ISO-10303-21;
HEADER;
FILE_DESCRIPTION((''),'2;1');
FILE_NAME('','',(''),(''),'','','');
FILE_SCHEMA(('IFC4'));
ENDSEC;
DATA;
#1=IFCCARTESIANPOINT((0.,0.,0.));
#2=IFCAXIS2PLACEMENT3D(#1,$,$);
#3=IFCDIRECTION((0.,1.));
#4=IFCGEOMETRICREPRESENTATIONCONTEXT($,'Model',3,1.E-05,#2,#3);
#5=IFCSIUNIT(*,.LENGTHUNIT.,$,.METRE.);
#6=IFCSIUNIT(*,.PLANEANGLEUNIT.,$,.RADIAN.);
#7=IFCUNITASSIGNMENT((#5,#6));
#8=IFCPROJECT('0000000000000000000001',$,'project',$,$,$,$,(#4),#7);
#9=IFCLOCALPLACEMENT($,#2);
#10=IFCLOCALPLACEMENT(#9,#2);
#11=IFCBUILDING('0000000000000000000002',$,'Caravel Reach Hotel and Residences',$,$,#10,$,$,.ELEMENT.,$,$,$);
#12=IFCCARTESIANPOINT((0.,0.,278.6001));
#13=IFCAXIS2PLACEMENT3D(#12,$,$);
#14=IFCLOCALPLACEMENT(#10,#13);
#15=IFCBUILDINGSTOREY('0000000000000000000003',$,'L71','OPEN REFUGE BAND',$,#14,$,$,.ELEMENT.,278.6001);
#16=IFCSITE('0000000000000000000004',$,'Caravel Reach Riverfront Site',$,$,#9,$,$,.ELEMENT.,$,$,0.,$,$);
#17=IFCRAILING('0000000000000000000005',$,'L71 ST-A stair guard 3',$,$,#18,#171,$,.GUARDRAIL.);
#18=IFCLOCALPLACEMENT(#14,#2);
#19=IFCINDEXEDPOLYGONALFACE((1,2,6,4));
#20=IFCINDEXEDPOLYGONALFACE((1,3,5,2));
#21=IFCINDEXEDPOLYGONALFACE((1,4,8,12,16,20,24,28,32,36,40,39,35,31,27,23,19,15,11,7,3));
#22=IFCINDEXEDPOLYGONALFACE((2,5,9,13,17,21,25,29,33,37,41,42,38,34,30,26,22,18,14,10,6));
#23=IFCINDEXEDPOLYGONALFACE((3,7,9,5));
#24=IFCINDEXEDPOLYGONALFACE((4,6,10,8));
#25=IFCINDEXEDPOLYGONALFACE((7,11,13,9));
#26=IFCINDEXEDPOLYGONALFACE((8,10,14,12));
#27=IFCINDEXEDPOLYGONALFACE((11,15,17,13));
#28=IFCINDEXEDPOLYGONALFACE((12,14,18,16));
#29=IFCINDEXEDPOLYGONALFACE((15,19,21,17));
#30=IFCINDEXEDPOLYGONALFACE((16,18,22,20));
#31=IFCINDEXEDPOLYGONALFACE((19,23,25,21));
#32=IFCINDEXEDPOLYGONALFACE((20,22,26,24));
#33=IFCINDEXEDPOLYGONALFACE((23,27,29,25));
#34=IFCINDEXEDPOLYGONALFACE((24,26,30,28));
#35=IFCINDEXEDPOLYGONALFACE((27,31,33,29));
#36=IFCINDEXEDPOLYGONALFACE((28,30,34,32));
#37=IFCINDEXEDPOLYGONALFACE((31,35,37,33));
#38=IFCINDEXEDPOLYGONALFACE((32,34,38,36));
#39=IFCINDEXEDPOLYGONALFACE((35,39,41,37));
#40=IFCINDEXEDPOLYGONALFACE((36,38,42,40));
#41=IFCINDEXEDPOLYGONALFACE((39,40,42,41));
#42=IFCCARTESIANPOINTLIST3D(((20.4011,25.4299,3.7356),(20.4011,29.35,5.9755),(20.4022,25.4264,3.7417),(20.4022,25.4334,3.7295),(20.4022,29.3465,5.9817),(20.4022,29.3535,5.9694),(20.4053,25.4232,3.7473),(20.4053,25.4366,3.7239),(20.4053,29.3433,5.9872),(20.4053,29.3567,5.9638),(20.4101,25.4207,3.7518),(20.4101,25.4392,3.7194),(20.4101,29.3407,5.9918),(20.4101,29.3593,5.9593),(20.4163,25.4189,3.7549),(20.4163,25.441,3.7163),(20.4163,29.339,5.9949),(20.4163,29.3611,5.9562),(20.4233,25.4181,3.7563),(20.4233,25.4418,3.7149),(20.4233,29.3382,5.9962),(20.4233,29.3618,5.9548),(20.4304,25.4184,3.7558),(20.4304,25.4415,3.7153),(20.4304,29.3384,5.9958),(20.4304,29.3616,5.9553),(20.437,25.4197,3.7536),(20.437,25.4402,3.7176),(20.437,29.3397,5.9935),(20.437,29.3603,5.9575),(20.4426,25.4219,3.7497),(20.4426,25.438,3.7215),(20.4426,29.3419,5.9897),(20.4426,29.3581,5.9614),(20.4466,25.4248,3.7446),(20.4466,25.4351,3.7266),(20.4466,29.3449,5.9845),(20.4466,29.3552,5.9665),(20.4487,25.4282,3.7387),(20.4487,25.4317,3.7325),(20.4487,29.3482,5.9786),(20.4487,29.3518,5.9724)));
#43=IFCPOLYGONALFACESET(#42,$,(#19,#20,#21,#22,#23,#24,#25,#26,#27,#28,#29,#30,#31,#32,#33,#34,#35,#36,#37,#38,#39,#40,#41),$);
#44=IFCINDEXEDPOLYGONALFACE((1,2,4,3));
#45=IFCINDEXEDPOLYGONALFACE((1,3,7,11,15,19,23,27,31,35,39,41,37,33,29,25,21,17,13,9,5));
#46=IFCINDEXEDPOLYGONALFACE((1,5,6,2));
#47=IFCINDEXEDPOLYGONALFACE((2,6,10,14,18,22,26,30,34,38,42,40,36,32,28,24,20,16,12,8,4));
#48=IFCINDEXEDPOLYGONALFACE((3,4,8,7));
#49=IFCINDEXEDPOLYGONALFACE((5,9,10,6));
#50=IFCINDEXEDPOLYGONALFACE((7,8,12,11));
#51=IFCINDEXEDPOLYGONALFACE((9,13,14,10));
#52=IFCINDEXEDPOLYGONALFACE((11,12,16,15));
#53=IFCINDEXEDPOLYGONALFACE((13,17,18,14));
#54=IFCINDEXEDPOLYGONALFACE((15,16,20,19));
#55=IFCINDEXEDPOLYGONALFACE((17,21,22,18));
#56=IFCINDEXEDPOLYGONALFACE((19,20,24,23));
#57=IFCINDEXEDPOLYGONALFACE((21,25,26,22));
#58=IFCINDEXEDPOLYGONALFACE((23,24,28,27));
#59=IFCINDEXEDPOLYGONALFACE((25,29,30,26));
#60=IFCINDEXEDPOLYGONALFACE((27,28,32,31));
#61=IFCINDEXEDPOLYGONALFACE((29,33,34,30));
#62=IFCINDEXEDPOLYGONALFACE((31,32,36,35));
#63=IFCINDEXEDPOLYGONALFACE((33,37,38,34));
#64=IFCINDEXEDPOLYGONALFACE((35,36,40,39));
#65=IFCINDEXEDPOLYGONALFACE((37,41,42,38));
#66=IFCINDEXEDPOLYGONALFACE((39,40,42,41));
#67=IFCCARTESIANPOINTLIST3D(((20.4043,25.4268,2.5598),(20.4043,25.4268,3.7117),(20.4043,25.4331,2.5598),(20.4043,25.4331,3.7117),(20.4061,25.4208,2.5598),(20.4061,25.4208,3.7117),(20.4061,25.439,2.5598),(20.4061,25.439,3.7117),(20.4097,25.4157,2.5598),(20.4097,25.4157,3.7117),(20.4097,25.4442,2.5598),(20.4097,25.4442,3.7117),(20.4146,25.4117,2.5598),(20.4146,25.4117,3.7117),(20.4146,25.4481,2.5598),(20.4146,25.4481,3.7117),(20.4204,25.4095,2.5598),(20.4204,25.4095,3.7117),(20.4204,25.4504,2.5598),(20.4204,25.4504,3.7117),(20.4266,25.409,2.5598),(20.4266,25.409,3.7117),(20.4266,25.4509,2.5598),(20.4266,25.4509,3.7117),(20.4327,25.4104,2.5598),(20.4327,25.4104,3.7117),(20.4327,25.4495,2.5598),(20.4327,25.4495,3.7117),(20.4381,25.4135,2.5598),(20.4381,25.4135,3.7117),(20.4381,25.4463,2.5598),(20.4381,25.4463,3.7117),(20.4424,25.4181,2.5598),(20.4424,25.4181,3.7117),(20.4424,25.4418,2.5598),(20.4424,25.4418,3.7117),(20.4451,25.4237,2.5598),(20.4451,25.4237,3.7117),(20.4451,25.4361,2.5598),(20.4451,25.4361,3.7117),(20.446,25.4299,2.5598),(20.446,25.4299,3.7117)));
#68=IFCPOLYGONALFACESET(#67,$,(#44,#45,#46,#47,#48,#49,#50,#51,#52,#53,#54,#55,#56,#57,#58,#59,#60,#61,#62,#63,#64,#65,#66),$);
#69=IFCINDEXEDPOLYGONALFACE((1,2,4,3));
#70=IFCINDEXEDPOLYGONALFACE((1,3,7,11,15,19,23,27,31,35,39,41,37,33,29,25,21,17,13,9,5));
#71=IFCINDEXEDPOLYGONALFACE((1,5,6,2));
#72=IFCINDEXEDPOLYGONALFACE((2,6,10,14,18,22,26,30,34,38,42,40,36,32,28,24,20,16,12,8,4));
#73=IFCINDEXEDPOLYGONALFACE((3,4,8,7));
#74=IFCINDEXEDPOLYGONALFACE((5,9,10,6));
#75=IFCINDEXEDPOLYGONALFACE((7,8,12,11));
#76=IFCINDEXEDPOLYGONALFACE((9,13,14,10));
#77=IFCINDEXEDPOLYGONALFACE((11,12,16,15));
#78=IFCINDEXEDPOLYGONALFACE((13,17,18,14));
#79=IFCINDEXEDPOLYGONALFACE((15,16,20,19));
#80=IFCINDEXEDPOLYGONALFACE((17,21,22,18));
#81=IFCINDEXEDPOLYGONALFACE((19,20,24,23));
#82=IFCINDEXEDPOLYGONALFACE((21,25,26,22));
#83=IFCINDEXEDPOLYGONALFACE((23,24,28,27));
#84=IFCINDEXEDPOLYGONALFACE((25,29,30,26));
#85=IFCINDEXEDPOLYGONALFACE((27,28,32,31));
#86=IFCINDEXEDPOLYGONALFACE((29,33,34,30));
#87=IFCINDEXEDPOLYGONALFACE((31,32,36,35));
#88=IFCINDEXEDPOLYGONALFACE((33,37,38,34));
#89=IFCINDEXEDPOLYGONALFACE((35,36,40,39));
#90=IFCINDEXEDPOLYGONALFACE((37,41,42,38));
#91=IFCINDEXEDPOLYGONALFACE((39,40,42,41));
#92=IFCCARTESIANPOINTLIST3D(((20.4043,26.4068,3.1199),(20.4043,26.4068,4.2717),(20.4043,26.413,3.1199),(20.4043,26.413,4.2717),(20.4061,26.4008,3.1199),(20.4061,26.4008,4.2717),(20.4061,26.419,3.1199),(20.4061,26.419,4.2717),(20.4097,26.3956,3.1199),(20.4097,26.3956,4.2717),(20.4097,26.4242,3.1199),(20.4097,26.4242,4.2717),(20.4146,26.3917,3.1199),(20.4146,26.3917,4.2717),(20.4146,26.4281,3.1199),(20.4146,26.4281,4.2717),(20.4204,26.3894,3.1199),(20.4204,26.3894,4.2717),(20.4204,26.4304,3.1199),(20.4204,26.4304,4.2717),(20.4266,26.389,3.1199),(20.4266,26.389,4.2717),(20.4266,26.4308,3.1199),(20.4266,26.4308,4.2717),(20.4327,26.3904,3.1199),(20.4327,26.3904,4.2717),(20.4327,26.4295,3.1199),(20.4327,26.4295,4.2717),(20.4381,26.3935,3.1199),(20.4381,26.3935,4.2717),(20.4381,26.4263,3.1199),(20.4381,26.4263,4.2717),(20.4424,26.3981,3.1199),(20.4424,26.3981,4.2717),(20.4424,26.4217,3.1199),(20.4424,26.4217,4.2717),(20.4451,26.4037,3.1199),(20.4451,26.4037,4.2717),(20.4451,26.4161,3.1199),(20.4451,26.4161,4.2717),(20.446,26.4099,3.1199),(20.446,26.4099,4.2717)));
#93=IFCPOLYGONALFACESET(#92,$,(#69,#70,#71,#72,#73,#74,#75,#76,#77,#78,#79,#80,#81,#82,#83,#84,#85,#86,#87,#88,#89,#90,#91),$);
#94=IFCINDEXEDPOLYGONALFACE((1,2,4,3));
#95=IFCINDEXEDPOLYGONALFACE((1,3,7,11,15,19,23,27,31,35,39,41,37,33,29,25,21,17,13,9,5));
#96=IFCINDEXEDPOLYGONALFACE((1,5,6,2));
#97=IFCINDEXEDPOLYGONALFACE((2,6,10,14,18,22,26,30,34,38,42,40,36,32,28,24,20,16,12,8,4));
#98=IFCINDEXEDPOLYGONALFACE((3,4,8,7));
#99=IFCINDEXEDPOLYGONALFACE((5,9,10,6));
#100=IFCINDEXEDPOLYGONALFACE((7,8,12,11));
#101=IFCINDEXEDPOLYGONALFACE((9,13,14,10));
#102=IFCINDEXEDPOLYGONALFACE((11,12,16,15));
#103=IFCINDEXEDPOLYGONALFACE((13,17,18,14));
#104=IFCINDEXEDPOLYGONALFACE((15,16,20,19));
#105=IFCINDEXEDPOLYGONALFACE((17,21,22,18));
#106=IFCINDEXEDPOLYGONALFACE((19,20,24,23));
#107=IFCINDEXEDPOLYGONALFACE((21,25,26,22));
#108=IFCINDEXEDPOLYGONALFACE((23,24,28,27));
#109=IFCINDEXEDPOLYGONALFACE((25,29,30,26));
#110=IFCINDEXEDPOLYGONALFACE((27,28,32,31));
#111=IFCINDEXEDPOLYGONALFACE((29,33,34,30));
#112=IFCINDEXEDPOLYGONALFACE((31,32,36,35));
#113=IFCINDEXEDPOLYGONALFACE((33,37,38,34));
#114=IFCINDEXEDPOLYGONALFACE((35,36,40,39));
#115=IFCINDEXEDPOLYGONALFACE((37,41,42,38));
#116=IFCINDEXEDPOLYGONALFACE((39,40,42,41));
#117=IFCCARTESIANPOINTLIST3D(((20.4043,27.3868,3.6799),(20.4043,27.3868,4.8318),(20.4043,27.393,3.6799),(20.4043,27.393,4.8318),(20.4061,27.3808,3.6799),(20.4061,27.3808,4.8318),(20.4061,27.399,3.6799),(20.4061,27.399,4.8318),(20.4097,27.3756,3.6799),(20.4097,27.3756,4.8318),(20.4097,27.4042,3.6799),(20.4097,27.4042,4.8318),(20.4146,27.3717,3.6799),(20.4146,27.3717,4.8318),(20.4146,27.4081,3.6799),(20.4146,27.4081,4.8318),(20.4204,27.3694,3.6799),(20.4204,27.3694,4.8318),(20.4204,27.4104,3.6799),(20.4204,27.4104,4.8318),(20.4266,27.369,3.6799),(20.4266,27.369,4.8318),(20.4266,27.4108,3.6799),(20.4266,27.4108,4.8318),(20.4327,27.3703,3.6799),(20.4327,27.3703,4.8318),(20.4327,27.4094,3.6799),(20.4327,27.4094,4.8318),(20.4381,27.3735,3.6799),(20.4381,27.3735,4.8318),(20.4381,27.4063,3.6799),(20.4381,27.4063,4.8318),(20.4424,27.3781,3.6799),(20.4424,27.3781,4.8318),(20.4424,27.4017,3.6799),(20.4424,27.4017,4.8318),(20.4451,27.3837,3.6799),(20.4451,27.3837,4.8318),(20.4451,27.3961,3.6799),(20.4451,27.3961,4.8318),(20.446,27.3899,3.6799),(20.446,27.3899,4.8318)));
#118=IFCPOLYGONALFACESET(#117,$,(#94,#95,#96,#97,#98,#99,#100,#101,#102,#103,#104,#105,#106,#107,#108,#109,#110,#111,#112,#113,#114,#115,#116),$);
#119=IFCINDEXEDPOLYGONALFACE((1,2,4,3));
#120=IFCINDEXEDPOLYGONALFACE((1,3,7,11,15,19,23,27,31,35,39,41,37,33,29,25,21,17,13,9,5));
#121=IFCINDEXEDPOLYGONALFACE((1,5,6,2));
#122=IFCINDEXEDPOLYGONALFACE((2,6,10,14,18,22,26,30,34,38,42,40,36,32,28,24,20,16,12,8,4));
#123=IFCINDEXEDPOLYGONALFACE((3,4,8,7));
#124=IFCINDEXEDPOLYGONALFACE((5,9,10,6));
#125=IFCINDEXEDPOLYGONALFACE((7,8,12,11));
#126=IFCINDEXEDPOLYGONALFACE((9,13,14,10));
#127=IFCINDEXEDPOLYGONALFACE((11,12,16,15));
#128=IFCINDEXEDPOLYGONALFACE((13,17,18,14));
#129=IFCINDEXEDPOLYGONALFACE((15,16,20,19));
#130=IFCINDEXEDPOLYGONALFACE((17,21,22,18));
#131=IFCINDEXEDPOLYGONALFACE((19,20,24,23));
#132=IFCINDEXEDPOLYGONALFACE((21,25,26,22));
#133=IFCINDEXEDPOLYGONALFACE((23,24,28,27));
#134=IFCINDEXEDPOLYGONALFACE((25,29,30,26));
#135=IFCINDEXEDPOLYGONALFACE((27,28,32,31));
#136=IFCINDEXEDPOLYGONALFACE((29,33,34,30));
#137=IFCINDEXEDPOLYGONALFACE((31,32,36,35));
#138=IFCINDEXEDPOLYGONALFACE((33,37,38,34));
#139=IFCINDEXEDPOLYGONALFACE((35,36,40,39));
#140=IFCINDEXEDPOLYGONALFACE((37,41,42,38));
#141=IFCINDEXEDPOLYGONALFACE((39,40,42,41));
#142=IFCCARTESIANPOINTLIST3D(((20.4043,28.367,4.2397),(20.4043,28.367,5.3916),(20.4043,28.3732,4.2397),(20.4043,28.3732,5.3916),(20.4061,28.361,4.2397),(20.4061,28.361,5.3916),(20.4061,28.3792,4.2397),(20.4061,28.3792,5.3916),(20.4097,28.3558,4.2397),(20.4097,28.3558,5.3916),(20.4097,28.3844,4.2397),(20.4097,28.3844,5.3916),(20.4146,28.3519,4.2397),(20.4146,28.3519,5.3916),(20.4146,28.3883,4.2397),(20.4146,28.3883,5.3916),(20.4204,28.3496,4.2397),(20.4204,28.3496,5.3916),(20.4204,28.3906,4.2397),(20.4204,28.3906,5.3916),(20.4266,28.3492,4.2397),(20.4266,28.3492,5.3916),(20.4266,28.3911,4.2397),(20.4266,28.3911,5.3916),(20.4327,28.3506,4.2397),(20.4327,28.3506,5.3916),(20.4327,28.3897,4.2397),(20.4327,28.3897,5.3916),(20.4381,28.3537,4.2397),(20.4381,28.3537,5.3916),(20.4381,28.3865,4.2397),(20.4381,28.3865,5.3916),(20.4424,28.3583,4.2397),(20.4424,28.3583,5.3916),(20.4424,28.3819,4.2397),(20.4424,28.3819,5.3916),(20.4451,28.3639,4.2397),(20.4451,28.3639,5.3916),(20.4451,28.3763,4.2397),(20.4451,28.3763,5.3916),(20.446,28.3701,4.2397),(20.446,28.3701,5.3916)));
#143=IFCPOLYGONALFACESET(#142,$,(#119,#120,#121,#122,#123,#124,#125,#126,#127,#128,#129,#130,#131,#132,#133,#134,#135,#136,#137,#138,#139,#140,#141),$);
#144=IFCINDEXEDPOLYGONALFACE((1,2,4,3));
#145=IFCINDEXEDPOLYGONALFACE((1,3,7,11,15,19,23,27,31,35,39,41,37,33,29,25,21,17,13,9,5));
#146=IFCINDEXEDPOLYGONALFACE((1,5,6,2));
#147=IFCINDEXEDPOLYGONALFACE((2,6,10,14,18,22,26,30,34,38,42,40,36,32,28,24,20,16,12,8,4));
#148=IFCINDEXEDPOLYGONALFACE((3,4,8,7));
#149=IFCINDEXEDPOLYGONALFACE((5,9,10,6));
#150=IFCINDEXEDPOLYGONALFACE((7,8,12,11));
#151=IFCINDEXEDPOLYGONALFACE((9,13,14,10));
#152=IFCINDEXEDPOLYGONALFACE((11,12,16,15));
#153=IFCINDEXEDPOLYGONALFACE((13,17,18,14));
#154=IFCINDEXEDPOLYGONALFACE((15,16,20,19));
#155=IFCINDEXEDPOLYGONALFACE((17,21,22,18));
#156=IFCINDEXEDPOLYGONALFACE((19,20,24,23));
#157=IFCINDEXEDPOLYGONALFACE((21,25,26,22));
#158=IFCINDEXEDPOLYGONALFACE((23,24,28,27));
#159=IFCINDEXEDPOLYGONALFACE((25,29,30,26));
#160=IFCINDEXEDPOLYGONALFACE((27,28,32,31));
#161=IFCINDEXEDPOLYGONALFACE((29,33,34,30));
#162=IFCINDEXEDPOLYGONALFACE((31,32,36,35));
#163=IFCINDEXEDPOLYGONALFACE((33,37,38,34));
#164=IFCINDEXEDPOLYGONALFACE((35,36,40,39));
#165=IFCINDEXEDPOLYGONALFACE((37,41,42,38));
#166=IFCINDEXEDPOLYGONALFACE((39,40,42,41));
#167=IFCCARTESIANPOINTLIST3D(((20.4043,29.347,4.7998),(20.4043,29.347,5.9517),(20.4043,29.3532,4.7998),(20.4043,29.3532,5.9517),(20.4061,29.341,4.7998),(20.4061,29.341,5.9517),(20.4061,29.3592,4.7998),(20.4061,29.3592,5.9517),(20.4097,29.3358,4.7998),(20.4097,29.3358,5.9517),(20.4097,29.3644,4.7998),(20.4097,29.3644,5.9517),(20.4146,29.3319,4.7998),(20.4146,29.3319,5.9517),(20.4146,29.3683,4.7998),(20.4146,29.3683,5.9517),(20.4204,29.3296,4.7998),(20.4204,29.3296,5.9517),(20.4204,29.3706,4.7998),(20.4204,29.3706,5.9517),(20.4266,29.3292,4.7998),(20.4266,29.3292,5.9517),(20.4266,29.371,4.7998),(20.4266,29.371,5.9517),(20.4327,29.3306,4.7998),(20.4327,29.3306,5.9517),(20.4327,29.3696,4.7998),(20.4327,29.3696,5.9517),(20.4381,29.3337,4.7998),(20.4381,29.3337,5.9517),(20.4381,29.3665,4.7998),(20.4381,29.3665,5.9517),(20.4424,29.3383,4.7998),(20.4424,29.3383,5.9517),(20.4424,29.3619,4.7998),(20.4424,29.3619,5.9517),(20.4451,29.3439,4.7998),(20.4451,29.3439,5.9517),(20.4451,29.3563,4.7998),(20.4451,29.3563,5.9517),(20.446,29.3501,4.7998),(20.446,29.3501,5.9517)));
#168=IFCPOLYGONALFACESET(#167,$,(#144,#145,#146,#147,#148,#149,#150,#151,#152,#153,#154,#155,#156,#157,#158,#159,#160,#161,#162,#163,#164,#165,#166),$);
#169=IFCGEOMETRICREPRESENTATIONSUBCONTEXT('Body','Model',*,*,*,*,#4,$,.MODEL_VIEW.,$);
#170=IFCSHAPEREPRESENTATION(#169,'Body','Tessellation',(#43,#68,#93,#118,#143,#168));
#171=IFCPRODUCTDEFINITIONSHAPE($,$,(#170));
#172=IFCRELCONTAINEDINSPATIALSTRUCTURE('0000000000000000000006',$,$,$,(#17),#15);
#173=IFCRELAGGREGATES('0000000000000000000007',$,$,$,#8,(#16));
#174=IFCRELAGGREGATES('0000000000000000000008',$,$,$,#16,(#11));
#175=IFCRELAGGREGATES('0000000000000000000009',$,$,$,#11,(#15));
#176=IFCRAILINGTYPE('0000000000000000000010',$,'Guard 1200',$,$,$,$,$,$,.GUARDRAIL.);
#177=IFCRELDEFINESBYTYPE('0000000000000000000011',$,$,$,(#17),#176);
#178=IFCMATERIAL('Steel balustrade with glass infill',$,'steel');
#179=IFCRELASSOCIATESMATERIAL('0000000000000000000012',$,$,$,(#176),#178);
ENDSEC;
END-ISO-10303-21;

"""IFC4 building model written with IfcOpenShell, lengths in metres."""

from ifc_helpers import new_model, si_unit, direction, frame, origin, origin_2d, place, context, subcontext, project, spatial, circle, extrude, material, type_object, element, save


model = new_model("IFC4")

# Units and contexts
model_context = context("Model", 3, precision=1e-05, world=origin(), true_north=direction((0.0, 1.0)))
body_context = subcontext(model_context, "Body", "Model", "MODEL_VIEW")
ifc_project = project(units=[si_unit("LENGTHUNIT", "METRE"), si_unit("PLANEANGLEUNIT", "RADIAN")], contexts=[model_context])

# Site, building, storey
site_placement = place(None, origin())
site = spatial("IfcSite", under=ifc_project, at=site_placement, Name="Caravel Reach Riverfront Site", CompositionType="ELEMENT", RefElevation=0.0)
building_placement = place(site_placement, origin())
building = spatial("IfcBuilding", under=site, at=building_placement, Name="Caravel Reach Hotel and Residences", CompositionType="ELEMENT")
storey_placement = place(building_placement, frame((0.0, 0.0, 278.6001)))
storey = spatial("IfcBuildingStorey", under=building, at=storey_placement, Name="L71", Description="OPEN REFUGE BAND", CompositionType="ELEMENT", Elevation=278.6001)

# Railing
ifc_material_1 = material(Name="Steel balustrade with glass infill", Category="steel")
railing_type_1 = type_object("IfcRailingType", Name="Guard 1200", PredefinedType="GUARDRAIL", material=ifc_material_1)
railing_1_placement = place(storey_placement, frame((20.425, 25.4299, 2.5598)))
element("IfcRailing", 1, at=railing_1_placement, inside=storey, type_object=railing_type_1, Name="L71 ST-A stair guard 3", PredefinedType="GUARDRAIL", context=body_context, shape_type="SweptSolid", body=[
    extrude(circle(Radius=0.0239, at=origin_2d()), frame((0.0, 0.0, 1.1758), z_axis=(0.0, 0.868253, 0.496121), x_axis=(-1.0, 0.0, 0.0)), (0.0, 0.0, 1.0), 4.5149),
    extrude(circle(Radius=0.021, at=origin_2d()), origin(), (0.0, 0.0, 1.0), 1.1519),
    extrude(circle(Radius=0.021, at=origin_2d()), frame((0.0, 0.98, 0.5601)), (0.0, 0.0, 1.0), 1.1519),
    extrude(circle(Radius=0.021, at=origin_2d()), frame((0.0, 1.96, 1.1201)), (0.0, 0.0, 1.0), 1.1519),
    extrude(circle(Radius=0.021, at=origin_2d()), frame((0.0, 2.9402, 1.6799)), (0.0, 0.0, 1.0), 1.1519),
    extrude(circle(Radius=0.021, at=origin_2d()), frame((0.0, 3.9202, 2.24)), (0.0, 0.0, 1.0), 1.1519),
])

save(model, "model.ifc")
